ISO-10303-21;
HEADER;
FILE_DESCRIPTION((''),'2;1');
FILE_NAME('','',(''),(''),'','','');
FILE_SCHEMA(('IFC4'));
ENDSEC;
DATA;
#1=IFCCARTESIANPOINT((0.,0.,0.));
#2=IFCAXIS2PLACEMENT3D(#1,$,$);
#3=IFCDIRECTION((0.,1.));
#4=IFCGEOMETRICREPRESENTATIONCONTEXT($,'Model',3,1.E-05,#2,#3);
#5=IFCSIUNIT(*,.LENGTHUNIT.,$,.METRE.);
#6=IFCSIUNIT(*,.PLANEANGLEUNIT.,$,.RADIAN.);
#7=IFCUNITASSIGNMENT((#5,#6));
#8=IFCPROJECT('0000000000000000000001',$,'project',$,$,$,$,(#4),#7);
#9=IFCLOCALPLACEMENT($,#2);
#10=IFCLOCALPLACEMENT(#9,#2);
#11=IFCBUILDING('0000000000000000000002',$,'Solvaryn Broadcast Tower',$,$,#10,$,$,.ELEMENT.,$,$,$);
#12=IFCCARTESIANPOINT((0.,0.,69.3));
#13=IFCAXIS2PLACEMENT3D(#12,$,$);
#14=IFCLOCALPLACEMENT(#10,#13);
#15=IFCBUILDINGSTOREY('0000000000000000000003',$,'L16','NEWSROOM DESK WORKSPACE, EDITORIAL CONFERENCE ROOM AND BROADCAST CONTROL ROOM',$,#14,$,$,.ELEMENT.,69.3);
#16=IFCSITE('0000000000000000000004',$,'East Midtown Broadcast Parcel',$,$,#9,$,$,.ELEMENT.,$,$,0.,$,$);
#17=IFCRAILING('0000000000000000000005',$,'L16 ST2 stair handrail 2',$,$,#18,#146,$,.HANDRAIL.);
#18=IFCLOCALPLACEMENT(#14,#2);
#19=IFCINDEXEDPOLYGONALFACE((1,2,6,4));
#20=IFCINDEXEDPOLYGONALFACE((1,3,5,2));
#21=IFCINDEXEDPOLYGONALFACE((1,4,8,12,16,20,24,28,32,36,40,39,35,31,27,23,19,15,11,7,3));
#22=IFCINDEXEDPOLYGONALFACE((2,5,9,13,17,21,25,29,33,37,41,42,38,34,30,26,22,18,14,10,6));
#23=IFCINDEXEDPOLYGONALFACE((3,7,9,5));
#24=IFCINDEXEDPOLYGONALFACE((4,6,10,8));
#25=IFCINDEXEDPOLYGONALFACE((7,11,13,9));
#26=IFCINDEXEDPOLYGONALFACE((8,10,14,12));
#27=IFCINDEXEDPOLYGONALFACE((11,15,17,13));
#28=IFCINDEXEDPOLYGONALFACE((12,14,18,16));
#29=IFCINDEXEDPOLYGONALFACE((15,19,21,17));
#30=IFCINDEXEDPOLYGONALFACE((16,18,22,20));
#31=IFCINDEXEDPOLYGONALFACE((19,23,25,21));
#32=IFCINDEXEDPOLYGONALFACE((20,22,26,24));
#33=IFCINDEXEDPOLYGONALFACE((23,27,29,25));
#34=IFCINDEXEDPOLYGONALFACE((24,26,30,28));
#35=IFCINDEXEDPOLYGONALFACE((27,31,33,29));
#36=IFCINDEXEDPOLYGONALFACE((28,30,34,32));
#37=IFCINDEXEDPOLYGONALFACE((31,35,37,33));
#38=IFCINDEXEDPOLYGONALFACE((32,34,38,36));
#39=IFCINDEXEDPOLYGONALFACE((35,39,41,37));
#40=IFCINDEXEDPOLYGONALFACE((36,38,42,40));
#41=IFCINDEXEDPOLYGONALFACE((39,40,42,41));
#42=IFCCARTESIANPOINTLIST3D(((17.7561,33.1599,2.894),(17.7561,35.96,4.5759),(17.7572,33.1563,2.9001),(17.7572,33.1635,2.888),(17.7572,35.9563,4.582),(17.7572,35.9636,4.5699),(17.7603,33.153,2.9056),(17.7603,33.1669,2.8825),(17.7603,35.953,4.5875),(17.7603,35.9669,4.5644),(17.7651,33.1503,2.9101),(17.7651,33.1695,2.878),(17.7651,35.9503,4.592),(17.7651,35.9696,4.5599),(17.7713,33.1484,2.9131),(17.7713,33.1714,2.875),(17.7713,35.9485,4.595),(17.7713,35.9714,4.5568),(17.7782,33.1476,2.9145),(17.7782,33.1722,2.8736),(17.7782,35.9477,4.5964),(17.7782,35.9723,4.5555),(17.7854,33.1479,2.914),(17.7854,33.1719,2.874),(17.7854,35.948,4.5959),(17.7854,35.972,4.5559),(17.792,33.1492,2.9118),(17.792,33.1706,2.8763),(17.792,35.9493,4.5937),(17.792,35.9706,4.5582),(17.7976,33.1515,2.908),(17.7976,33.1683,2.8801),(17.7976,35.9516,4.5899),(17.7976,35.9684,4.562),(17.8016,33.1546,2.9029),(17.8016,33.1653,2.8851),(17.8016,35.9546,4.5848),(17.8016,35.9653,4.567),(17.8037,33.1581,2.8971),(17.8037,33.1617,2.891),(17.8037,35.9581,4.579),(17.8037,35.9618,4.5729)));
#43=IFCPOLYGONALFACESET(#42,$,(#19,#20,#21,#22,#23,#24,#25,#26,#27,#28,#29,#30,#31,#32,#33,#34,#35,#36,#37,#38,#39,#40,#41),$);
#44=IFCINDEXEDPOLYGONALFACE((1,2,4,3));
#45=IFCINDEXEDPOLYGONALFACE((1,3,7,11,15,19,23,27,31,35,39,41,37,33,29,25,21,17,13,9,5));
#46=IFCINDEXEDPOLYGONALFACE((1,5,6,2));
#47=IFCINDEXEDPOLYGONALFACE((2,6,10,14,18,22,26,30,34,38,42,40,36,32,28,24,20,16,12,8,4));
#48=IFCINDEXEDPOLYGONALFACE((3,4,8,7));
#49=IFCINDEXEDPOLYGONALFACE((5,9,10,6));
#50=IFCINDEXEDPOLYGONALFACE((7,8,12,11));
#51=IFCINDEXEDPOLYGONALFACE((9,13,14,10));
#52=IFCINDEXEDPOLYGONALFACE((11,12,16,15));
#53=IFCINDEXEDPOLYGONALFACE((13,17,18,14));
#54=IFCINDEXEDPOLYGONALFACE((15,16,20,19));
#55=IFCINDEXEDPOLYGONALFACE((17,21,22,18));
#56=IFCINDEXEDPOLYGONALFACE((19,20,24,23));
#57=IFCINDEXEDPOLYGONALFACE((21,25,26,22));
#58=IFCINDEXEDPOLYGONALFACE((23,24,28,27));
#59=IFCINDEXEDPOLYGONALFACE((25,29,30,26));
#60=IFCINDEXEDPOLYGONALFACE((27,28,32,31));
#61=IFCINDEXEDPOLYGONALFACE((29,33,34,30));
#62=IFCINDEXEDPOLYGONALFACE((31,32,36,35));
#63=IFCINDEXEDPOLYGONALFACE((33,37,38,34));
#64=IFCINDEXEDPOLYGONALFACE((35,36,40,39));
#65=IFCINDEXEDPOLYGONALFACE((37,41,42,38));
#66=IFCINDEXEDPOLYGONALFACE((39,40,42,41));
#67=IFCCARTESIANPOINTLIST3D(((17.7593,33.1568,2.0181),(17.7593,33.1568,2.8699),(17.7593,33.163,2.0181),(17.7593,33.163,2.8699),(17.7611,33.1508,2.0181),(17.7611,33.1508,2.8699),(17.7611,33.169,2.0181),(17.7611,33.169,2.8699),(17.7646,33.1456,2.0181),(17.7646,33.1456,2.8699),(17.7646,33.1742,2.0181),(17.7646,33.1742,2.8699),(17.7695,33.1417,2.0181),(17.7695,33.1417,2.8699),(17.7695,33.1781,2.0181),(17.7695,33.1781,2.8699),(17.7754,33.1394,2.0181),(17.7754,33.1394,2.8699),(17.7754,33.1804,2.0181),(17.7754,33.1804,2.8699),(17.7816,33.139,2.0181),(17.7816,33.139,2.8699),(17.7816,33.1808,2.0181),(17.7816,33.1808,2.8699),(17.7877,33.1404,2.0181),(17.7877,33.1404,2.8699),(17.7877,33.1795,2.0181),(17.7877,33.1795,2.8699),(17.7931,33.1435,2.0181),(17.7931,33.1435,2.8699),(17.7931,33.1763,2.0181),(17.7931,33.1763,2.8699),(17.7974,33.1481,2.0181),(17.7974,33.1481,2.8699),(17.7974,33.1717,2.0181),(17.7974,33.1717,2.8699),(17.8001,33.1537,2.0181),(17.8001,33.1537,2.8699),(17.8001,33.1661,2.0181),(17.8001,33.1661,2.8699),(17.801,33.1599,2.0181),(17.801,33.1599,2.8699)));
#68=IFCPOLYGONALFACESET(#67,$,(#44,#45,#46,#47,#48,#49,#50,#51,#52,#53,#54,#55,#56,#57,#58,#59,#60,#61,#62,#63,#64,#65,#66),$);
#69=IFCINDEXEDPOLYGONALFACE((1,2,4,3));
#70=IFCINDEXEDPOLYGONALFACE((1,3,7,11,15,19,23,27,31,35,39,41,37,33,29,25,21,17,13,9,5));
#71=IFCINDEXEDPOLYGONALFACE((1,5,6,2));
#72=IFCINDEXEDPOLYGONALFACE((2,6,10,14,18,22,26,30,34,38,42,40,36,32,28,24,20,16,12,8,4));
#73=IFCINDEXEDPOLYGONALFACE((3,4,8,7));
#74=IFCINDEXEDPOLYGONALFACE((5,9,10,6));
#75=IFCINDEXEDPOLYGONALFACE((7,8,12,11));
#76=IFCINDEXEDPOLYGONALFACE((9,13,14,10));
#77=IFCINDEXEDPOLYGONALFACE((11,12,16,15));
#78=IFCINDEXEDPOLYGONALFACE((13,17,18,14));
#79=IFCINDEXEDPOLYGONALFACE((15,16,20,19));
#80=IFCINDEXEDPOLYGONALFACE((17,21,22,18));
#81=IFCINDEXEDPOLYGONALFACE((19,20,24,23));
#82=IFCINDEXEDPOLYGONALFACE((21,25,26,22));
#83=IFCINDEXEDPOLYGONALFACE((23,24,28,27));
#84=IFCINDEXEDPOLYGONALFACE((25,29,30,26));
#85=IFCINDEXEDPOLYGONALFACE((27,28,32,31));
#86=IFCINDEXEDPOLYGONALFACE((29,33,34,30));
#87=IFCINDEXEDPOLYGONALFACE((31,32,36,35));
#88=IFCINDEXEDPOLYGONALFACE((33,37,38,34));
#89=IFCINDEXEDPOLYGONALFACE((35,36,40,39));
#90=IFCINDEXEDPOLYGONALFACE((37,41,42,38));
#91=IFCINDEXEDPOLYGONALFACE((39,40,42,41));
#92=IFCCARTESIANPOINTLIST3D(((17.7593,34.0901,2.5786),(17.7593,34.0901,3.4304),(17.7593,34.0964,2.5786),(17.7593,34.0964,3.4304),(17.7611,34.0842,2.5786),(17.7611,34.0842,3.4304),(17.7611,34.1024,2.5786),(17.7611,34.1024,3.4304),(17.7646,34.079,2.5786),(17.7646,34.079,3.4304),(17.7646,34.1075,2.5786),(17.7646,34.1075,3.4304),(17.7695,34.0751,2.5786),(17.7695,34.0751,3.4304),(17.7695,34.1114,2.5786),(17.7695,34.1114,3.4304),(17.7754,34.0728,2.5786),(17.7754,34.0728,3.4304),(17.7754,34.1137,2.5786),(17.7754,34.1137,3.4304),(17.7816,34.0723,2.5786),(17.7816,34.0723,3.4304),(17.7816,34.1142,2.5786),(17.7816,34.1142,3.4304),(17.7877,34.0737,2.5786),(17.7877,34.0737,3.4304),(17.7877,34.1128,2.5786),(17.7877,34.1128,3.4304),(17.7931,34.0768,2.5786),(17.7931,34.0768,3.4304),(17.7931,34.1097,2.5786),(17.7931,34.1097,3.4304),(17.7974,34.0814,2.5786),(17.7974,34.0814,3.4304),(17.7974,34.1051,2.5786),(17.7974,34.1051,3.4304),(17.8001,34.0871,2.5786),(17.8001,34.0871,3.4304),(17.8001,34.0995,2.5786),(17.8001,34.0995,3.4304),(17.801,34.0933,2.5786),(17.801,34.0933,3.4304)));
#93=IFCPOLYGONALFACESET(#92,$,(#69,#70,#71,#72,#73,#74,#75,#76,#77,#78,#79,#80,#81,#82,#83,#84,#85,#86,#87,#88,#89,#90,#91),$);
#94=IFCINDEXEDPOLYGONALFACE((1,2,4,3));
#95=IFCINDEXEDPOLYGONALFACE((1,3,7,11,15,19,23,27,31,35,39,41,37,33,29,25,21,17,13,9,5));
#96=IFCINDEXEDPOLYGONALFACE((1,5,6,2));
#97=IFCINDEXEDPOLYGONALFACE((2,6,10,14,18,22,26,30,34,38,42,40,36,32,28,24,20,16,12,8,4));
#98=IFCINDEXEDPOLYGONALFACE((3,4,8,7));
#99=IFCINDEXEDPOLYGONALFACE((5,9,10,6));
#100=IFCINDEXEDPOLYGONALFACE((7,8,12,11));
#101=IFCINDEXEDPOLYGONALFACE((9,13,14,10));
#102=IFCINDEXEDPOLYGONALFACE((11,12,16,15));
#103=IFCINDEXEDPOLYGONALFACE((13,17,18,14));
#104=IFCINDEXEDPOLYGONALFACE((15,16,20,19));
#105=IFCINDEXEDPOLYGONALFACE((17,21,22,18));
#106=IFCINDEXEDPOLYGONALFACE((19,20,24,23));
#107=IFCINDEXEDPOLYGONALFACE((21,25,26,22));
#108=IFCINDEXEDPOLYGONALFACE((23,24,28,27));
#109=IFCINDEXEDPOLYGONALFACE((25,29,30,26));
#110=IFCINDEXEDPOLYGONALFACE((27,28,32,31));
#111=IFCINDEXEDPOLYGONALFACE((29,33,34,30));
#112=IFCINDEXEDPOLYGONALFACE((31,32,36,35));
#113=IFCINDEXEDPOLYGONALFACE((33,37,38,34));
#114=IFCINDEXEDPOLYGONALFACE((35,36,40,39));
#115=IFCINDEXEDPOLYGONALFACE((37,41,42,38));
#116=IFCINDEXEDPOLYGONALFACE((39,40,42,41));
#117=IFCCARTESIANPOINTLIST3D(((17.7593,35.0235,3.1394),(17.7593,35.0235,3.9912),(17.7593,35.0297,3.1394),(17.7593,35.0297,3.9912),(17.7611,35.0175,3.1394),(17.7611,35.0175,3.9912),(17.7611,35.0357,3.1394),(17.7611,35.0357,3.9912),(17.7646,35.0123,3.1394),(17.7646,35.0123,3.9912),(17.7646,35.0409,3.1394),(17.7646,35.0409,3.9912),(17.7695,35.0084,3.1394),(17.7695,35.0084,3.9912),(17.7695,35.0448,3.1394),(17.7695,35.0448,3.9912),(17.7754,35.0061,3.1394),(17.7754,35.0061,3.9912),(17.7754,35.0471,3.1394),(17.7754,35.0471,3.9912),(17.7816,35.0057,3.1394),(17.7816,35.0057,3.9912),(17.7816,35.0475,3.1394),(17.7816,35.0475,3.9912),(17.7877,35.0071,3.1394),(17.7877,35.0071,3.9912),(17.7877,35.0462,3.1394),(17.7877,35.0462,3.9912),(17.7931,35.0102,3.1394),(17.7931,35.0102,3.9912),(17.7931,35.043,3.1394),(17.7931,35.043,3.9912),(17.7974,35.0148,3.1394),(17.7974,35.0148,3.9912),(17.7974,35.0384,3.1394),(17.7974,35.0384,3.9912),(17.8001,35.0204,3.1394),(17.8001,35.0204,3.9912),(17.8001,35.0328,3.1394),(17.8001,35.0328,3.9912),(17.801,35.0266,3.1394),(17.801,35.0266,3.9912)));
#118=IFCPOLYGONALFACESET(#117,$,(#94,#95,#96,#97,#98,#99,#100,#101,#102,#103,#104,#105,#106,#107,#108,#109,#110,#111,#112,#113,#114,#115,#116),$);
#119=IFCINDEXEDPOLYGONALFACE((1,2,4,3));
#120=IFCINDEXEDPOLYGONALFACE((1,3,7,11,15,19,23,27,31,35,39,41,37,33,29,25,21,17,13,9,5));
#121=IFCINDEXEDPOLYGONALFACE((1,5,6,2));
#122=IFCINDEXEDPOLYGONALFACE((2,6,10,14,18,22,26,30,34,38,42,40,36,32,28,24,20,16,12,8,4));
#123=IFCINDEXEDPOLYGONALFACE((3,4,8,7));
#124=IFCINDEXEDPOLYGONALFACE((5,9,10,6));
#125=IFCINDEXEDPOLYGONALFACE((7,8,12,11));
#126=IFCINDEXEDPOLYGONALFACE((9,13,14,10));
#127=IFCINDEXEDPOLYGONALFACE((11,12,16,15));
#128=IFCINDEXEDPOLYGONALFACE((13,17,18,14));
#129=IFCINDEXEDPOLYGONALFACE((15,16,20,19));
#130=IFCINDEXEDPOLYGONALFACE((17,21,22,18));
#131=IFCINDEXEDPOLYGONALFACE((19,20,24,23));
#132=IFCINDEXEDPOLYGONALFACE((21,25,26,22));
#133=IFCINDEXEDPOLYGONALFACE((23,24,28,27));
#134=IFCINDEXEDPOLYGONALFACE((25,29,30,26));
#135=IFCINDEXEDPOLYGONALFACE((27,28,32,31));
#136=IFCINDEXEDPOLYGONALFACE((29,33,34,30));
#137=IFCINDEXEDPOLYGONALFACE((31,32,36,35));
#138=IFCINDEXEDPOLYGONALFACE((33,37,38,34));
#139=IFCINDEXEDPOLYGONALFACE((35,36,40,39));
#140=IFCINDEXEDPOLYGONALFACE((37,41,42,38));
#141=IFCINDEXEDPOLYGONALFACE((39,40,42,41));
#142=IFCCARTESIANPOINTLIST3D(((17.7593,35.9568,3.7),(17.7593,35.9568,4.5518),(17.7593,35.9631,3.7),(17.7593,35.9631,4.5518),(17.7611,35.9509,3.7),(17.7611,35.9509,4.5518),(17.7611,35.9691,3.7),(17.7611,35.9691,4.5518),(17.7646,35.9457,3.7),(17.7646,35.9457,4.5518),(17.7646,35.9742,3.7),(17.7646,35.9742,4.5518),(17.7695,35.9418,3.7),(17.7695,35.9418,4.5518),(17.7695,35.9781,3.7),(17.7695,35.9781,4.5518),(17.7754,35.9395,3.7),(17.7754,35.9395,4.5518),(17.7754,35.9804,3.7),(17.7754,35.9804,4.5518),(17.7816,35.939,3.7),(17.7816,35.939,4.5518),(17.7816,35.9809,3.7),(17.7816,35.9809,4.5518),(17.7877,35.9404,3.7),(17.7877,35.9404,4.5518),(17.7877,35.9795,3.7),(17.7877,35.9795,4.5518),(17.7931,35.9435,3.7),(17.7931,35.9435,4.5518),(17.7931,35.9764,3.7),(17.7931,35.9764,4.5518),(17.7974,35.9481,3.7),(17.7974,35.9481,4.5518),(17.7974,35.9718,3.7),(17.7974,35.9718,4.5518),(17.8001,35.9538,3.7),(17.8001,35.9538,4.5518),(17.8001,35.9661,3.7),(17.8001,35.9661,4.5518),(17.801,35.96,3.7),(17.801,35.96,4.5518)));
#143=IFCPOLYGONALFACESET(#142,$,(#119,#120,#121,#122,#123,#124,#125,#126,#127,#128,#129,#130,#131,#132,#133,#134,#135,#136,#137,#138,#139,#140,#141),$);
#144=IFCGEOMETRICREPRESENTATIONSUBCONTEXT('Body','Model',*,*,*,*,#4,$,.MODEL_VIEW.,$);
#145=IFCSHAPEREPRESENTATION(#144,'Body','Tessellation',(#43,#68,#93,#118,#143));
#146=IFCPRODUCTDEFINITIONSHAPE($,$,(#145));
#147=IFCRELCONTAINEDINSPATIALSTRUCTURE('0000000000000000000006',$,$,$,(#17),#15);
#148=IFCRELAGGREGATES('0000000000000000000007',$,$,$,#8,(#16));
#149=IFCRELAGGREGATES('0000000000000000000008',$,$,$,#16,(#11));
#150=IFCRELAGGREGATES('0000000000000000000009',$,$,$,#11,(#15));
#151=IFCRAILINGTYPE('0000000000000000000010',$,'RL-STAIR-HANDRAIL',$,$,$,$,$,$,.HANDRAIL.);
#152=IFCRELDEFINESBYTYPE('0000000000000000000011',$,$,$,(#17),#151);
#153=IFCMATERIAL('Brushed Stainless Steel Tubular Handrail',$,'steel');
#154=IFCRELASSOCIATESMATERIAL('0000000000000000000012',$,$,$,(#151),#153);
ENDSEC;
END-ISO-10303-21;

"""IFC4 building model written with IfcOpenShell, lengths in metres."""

from ifc_helpers import new_model, si_unit, direction, frame, origin, origin_2d, place, context, subcontext, project, spatial, circle, extrude, material, type_object, element, save


model = new_model("IFC4")

# Units and contexts
model_context = context("Model", 3, precision=1e-05, world=origin(), true_north=direction((0.0, 1.0)))
body_context = subcontext(model_context, "Body", "Model", "MODEL_VIEW")
ifc_project = project(units=[si_unit("LENGTHUNIT", "METRE"), si_unit("PLANEANGLEUNIT", "RADIAN")], contexts=[model_context])

# Site, building, storey
site_placement = place(None, origin())
site = spatial("IfcSite", under=ifc_project, at=site_placement, Name="East Midtown Broadcast Parcel", CompositionType="ELEMENT", RefElevation=0.0)
building_placement = place(site_placement, origin())
building = spatial("IfcBuilding", under=site, at=building_placement, Name="Solvaryn Broadcast Tower", CompositionType="ELEMENT")
storey_placement = place(building_placement, frame((0.0, 0.0, 69.3)))
storey = spatial("IfcBuildingStorey", under=building, at=storey_placement, Name="L16", Description="NEWSROOM DESK WORKSPACE, EDITORIAL CONFERENCE ROOM AND BROADCAST CONTROL ROOM", CompositionType="ELEMENT", Elevation=69.3)

# Railing
ifc_material_1 = material(Name="Brushed Stainless Steel Tubular Handrail", Category="steel")
railing_type_1 = type_object("IfcRailingType", Name="RL-STAIR-HANDRAIL", PredefinedType="HANDRAIL", material=ifc_material_1)
railing_1_placement = place(storey_placement, frame((17.78, 33.1599, 2.0181)))
element("IfcRailing", 1, at=railing_1_placement, inside=storey, type_object=railing_type_1, Name="L16 ST2 stair handrail 2", PredefinedType="HANDRAIL", context=body_context, shape_type="SweptSolid", body=[
    extrude(circle(Radius=0.0239, at=origin_2d()), frame((0.0, 0.0, 0.876), z_axis=(0.0, 0.857242, 0.514913), x_axis=(-1.0, 0.0, 0.0)), (0.0, 0.0, 1.0), 3.2664),
    extrude(circle(Radius=0.021, at=origin_2d()), origin(), (0.0, 0.0, 1.0), 0.8518),
    extrude(circle(Radius=0.021, at=origin_2d()), frame((0.0, 0.9333, 0.5605)), (0.0, 0.0, 1.0), 0.8518),
    extrude(circle(Radius=0.021, at=origin_2d()), frame((0.0, 1.8667, 1.1213)), (0.0, 0.0, 1.0), 0.8518),
    extrude(circle(Radius=0.021, at=origin_2d()), frame((0.0, 2.8, 1.6819)), (0.0, 0.0, 1.0), 0.8518),
])

save(model, "model.ifc")
